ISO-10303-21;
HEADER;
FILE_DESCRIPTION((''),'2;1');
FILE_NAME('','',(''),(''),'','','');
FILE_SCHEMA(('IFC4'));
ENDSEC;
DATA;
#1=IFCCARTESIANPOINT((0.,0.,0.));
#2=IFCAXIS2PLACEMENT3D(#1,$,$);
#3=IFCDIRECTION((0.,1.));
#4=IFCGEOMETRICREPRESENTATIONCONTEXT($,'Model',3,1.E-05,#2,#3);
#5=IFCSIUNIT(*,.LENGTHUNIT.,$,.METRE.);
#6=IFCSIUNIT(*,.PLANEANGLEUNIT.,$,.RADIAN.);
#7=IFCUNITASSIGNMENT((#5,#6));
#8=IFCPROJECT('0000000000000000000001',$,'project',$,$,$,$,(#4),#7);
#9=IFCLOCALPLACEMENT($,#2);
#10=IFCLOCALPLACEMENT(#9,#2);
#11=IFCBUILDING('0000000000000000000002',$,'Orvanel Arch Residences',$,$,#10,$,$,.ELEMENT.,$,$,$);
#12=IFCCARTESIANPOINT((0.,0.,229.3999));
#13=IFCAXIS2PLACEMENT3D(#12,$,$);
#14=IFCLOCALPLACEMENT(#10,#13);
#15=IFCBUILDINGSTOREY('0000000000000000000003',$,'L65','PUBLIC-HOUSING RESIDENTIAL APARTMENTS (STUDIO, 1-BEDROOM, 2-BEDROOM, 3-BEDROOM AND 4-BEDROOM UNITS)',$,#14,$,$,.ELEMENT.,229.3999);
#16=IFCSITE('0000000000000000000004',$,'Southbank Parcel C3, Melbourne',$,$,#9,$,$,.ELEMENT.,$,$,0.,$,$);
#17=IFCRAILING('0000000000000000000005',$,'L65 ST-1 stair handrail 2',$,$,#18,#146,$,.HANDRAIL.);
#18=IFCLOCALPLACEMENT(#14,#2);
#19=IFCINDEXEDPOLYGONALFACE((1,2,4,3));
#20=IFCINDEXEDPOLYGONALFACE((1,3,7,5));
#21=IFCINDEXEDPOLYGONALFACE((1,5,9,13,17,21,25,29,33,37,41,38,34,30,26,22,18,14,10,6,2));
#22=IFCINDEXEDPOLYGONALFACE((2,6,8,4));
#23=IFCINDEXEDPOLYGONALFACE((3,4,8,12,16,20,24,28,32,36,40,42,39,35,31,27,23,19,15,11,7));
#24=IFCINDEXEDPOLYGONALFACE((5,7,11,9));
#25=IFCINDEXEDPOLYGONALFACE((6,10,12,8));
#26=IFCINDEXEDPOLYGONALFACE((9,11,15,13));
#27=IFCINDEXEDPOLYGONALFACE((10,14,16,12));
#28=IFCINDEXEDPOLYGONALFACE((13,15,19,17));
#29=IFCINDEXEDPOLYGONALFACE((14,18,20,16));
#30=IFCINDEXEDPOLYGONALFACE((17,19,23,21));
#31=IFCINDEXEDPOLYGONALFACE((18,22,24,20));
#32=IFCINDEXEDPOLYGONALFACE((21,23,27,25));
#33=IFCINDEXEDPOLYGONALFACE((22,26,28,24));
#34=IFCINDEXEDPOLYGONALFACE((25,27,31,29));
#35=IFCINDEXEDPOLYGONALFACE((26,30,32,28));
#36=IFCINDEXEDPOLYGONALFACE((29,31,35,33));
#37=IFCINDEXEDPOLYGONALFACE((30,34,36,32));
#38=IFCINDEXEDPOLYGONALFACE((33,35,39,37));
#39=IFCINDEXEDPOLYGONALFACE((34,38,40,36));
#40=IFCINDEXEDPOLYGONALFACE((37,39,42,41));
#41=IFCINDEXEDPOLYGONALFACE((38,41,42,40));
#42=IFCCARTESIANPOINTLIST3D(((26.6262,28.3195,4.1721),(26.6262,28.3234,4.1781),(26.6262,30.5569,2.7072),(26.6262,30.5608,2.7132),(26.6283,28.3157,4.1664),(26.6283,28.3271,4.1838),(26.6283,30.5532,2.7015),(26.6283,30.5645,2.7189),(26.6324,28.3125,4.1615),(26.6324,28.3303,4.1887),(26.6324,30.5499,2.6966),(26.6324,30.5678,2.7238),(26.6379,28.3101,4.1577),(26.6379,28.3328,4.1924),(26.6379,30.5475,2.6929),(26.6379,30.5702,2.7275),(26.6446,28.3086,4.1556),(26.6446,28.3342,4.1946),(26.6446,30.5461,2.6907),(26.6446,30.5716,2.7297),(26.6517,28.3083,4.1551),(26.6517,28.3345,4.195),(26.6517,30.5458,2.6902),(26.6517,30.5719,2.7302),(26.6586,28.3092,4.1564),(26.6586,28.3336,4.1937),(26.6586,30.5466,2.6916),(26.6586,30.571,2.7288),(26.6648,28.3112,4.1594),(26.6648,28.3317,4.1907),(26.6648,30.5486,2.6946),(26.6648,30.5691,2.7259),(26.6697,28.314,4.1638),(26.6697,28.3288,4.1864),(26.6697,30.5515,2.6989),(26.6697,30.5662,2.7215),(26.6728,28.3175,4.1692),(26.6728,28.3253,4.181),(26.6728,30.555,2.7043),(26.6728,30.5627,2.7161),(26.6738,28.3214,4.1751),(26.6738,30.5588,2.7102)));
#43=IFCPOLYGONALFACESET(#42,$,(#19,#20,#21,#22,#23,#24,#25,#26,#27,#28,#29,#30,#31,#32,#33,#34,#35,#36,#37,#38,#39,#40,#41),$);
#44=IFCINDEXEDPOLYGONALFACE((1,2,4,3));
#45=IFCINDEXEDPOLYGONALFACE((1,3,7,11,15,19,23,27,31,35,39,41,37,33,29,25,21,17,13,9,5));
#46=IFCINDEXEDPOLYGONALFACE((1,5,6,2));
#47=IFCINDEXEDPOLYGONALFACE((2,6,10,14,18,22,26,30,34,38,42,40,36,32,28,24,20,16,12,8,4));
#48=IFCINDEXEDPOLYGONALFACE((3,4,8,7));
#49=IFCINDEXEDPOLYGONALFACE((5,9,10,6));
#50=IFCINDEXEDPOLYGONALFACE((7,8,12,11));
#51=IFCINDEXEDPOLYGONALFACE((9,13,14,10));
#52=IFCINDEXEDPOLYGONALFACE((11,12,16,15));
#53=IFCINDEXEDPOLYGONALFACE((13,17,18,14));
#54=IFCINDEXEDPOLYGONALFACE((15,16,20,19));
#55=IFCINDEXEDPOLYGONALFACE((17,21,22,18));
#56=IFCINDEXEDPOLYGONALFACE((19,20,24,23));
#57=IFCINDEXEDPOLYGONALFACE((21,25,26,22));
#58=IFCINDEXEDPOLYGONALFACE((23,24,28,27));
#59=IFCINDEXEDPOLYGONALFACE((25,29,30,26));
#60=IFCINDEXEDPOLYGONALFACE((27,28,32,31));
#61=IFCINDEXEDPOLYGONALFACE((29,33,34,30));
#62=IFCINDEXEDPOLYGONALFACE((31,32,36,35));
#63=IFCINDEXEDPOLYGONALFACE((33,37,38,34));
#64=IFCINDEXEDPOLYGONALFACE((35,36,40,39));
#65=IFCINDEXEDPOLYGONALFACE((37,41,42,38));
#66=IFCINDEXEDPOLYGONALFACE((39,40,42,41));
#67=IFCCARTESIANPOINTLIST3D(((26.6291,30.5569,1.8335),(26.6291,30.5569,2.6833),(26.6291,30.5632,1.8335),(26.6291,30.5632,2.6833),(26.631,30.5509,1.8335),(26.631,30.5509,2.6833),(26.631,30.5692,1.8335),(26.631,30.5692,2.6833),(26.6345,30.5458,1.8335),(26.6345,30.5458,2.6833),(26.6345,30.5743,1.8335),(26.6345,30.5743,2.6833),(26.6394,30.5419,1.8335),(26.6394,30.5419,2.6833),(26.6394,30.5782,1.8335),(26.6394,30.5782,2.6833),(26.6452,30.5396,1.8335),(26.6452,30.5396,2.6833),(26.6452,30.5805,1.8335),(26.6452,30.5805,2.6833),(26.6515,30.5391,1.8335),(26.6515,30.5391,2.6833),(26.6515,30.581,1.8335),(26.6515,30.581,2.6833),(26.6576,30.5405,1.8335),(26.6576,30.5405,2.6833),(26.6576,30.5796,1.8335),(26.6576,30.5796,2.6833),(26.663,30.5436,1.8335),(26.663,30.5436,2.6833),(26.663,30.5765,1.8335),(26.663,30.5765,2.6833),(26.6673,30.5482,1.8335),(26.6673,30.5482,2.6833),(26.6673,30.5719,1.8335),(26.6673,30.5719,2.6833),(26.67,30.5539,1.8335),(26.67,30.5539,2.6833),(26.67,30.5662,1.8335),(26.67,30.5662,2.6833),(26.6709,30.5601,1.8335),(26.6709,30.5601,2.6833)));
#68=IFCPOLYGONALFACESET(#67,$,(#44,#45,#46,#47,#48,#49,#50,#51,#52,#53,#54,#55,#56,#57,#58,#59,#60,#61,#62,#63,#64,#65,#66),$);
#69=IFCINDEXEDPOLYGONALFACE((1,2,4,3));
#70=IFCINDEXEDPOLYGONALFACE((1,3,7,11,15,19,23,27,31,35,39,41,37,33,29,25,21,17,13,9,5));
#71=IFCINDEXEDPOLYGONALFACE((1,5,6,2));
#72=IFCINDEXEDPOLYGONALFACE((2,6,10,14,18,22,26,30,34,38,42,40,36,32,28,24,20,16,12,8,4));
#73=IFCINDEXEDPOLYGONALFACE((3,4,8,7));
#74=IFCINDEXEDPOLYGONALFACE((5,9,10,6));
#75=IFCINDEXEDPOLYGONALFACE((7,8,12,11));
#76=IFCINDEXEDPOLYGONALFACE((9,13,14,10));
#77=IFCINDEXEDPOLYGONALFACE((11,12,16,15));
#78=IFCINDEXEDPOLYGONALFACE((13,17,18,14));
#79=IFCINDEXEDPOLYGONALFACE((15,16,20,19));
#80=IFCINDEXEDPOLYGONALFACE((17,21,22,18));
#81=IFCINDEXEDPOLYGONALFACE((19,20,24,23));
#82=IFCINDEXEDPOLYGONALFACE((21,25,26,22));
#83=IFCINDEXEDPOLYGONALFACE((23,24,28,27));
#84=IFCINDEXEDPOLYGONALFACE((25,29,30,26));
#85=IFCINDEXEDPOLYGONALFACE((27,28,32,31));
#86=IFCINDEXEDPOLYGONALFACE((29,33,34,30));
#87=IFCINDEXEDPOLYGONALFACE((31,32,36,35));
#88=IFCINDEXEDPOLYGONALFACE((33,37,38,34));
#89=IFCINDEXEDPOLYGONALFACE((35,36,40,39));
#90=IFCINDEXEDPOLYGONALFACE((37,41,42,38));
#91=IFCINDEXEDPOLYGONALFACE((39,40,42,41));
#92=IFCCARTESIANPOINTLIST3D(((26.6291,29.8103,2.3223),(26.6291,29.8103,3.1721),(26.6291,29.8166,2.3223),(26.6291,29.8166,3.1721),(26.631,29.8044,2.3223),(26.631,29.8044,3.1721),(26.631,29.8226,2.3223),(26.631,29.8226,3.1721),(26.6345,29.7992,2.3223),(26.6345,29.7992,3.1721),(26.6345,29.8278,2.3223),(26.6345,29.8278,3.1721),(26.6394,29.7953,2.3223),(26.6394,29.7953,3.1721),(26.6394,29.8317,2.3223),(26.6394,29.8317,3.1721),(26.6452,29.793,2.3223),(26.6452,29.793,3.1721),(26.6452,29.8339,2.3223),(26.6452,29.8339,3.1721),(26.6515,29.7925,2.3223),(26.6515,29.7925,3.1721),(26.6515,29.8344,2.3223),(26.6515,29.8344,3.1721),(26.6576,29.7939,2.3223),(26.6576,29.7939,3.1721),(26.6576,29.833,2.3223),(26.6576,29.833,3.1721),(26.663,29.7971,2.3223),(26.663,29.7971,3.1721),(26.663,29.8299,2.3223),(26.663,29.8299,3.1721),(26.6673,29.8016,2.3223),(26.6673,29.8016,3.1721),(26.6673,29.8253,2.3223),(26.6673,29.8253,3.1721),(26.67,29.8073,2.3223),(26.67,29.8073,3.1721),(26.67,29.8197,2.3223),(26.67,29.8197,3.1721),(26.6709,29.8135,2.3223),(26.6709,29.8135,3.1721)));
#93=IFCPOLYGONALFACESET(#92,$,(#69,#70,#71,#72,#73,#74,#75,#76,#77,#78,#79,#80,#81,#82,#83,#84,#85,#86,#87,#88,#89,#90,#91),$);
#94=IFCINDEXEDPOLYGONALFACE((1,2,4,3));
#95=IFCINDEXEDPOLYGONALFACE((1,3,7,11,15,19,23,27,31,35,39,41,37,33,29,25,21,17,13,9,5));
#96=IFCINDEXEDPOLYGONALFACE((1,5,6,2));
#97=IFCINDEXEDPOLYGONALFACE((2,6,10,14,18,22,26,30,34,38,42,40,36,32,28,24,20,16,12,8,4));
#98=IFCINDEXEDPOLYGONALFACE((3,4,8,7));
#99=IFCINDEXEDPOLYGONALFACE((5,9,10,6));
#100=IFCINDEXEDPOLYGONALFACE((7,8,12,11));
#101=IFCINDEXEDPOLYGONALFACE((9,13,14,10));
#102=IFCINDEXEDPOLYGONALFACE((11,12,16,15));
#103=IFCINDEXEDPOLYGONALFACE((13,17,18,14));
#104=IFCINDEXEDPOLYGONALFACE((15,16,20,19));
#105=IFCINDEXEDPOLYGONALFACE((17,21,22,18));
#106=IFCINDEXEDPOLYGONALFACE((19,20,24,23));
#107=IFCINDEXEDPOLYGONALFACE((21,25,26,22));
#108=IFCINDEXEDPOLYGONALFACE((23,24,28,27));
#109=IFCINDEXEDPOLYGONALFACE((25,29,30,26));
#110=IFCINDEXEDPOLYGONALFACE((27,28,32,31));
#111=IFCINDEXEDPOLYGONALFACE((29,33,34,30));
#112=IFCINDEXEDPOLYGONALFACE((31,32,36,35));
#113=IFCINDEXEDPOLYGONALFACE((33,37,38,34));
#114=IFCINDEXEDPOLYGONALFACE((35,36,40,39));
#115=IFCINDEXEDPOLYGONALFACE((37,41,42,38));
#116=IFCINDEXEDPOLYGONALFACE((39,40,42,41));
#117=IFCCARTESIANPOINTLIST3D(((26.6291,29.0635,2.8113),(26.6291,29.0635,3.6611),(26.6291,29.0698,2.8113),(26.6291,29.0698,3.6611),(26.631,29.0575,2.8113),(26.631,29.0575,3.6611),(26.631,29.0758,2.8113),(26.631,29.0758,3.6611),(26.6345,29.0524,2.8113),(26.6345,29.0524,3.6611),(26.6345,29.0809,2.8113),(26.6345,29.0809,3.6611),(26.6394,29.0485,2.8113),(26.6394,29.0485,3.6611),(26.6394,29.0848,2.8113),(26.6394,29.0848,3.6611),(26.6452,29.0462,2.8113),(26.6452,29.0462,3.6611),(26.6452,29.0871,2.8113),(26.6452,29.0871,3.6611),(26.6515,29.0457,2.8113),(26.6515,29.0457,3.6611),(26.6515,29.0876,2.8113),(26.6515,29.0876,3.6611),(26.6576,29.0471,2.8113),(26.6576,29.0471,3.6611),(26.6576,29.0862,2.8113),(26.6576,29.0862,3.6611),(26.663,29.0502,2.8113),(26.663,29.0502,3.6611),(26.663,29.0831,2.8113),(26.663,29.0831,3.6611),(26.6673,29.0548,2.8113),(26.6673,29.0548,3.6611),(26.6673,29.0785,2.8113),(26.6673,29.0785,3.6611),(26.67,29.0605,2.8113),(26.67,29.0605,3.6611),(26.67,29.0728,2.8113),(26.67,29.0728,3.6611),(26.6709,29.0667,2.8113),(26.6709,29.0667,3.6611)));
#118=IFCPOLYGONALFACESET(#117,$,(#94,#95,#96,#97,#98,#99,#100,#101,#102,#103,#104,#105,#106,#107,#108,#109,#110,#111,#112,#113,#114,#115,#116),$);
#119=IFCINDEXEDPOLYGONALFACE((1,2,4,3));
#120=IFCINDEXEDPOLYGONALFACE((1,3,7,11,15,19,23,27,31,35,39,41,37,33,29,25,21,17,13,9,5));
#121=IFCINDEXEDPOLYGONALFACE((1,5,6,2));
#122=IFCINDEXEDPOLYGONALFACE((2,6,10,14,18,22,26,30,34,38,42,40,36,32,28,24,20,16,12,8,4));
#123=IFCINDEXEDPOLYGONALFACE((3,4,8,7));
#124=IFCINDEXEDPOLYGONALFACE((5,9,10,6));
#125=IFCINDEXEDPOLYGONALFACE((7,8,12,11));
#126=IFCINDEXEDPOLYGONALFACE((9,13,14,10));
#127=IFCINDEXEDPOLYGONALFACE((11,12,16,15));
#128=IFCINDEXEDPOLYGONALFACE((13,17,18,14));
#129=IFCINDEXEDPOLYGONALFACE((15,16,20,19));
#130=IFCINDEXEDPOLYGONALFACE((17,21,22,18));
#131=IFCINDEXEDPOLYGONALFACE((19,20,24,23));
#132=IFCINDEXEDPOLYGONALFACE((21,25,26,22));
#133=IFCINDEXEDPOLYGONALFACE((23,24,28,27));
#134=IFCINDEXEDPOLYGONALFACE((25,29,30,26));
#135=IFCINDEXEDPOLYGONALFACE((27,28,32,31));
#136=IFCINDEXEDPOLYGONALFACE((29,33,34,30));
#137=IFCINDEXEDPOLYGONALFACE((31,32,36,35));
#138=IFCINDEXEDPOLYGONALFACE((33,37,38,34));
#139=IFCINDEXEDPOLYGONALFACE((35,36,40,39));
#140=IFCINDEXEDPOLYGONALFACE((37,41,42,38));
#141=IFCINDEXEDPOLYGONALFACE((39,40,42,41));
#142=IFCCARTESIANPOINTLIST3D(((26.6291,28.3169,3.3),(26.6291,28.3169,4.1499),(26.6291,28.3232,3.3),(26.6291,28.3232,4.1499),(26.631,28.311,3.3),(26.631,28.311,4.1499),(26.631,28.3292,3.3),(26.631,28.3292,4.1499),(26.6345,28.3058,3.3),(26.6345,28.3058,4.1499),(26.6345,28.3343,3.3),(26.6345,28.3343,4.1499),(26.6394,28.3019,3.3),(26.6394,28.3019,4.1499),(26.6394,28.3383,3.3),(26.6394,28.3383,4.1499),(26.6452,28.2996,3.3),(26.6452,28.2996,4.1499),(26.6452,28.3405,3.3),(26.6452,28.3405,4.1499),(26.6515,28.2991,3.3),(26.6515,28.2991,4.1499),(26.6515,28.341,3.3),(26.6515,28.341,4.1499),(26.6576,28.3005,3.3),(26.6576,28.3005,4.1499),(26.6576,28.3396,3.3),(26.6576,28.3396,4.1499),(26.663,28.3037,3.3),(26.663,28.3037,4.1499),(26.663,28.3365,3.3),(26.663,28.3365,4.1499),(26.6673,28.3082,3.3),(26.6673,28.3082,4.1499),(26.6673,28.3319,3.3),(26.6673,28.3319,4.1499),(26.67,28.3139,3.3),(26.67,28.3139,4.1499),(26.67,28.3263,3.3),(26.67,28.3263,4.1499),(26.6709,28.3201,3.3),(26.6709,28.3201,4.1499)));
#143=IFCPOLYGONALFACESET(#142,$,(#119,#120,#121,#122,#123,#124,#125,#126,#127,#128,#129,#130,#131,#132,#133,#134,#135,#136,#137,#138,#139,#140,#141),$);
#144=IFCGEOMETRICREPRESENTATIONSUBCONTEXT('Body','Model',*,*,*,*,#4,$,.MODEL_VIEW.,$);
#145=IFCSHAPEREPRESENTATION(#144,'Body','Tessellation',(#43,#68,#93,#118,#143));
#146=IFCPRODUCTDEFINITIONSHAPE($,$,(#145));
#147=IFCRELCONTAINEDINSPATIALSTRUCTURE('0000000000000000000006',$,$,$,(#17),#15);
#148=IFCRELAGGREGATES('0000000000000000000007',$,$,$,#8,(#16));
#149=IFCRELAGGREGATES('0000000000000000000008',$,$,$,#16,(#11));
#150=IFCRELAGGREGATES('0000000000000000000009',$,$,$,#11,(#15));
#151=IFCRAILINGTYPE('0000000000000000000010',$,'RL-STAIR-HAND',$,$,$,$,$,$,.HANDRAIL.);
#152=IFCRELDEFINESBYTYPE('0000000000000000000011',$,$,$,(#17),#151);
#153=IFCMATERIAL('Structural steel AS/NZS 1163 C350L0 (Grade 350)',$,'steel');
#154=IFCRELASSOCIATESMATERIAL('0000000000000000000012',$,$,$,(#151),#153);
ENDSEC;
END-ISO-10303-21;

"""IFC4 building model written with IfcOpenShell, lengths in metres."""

from ifc_helpers import new_model, si_unit, direction, frame, origin, origin_2d, place, context, subcontext, project, spatial, circle, extrude, material, type_object, element, save


model = new_model("IFC4")

# Units and contexts
model_context = context("Model", 3, precision=1e-05, world=origin(), true_north=direction((0.0, 1.0)))
body_context = subcontext(model_context, "Body", "Model", "MODEL_VIEW")
ifc_project = project(units=[si_unit("LENGTHUNIT", "METRE"), si_unit("PLANEANGLEUNIT", "RADIAN")], contexts=[model_context])

# Site, building, storey
site_placement = place(None, origin())
site = spatial("IfcSite", under=ifc_project, at=site_placement, Name="Southbank Parcel C3, Melbourne", CompositionType="ELEMENT", RefElevation=0.0)
building_placement = place(site_placement, origin())
building = spatial("IfcBuilding", under=site, at=building_placement, Name="Orvanel Arch Residences", CompositionType="ELEMENT")
storey_placement = place(building_placement, frame((0.0, 0.0, 229.3999)))
storey = spatial("IfcBuildingStorey", under=building, at=storey_placement, Name="L65", Description="PUBLIC-HOUSING RESIDENTIAL APARTMENTS (STUDIO, 1-BEDROOM, 2-BEDROOM, 3-BEDROOM AND 4-BEDROOM UNITS)", CompositionType="ELEMENT", Elevation=229.3999)

# Shared definitions
ifc_material_1 = material(Name="Structural steel AS/NZS 1163 C350L0 (Grade 350)", Category="steel")

# Railing
railing_type_1 = type_object("IfcRailingType", Name="RL-STAIR-HAND", PredefinedType="HANDRAIL", material=ifc_material_1)
railing_1_placement = place(storey_placement, frame((26.6499, 30.5601, 1.8335)))
element("IfcRailing", 1, at=railing_1_placement, inside=storey, type_object=railing_type_1, Name="L65 ST-1 stair handrail 2", PredefinedType="HANDRAIL", context=body_context, shape_type="SweptSolid", body=[
    extrude(circle(Radius=0.0239, at=origin_2d()), frame((0.0, -0.0012, 0.8767), z_axis=(0.0, -0.836637, 0.547758), x_axis=(1.0, 0.0, 0.0)), (0.0, 0.0, 1.0), 2.6743),
    extrude(circle(Radius=0.021, at=origin_2d()), origin(), (0.0, 0.0, 1.0), 0.8499),
    extrude(circle(Radius=0.021, at=origin_2d()), frame((0.0, -0.7466, 0.4888)), (0.0, 0.0, 1.0), 0.8499),
    extrude(circle(Radius=0.021, at=origin_2d()), frame((0.0, -1.4934, 0.9778)), (0.0, 0.0, 1.0), 0.8499),
    extrude(circle(Radius=0.021, at=origin_2d()), frame((0.0, -2.24, 1.4666)), (0.0, 0.0, 1.0), 0.8499),
])

save(model, "model.ifc")
